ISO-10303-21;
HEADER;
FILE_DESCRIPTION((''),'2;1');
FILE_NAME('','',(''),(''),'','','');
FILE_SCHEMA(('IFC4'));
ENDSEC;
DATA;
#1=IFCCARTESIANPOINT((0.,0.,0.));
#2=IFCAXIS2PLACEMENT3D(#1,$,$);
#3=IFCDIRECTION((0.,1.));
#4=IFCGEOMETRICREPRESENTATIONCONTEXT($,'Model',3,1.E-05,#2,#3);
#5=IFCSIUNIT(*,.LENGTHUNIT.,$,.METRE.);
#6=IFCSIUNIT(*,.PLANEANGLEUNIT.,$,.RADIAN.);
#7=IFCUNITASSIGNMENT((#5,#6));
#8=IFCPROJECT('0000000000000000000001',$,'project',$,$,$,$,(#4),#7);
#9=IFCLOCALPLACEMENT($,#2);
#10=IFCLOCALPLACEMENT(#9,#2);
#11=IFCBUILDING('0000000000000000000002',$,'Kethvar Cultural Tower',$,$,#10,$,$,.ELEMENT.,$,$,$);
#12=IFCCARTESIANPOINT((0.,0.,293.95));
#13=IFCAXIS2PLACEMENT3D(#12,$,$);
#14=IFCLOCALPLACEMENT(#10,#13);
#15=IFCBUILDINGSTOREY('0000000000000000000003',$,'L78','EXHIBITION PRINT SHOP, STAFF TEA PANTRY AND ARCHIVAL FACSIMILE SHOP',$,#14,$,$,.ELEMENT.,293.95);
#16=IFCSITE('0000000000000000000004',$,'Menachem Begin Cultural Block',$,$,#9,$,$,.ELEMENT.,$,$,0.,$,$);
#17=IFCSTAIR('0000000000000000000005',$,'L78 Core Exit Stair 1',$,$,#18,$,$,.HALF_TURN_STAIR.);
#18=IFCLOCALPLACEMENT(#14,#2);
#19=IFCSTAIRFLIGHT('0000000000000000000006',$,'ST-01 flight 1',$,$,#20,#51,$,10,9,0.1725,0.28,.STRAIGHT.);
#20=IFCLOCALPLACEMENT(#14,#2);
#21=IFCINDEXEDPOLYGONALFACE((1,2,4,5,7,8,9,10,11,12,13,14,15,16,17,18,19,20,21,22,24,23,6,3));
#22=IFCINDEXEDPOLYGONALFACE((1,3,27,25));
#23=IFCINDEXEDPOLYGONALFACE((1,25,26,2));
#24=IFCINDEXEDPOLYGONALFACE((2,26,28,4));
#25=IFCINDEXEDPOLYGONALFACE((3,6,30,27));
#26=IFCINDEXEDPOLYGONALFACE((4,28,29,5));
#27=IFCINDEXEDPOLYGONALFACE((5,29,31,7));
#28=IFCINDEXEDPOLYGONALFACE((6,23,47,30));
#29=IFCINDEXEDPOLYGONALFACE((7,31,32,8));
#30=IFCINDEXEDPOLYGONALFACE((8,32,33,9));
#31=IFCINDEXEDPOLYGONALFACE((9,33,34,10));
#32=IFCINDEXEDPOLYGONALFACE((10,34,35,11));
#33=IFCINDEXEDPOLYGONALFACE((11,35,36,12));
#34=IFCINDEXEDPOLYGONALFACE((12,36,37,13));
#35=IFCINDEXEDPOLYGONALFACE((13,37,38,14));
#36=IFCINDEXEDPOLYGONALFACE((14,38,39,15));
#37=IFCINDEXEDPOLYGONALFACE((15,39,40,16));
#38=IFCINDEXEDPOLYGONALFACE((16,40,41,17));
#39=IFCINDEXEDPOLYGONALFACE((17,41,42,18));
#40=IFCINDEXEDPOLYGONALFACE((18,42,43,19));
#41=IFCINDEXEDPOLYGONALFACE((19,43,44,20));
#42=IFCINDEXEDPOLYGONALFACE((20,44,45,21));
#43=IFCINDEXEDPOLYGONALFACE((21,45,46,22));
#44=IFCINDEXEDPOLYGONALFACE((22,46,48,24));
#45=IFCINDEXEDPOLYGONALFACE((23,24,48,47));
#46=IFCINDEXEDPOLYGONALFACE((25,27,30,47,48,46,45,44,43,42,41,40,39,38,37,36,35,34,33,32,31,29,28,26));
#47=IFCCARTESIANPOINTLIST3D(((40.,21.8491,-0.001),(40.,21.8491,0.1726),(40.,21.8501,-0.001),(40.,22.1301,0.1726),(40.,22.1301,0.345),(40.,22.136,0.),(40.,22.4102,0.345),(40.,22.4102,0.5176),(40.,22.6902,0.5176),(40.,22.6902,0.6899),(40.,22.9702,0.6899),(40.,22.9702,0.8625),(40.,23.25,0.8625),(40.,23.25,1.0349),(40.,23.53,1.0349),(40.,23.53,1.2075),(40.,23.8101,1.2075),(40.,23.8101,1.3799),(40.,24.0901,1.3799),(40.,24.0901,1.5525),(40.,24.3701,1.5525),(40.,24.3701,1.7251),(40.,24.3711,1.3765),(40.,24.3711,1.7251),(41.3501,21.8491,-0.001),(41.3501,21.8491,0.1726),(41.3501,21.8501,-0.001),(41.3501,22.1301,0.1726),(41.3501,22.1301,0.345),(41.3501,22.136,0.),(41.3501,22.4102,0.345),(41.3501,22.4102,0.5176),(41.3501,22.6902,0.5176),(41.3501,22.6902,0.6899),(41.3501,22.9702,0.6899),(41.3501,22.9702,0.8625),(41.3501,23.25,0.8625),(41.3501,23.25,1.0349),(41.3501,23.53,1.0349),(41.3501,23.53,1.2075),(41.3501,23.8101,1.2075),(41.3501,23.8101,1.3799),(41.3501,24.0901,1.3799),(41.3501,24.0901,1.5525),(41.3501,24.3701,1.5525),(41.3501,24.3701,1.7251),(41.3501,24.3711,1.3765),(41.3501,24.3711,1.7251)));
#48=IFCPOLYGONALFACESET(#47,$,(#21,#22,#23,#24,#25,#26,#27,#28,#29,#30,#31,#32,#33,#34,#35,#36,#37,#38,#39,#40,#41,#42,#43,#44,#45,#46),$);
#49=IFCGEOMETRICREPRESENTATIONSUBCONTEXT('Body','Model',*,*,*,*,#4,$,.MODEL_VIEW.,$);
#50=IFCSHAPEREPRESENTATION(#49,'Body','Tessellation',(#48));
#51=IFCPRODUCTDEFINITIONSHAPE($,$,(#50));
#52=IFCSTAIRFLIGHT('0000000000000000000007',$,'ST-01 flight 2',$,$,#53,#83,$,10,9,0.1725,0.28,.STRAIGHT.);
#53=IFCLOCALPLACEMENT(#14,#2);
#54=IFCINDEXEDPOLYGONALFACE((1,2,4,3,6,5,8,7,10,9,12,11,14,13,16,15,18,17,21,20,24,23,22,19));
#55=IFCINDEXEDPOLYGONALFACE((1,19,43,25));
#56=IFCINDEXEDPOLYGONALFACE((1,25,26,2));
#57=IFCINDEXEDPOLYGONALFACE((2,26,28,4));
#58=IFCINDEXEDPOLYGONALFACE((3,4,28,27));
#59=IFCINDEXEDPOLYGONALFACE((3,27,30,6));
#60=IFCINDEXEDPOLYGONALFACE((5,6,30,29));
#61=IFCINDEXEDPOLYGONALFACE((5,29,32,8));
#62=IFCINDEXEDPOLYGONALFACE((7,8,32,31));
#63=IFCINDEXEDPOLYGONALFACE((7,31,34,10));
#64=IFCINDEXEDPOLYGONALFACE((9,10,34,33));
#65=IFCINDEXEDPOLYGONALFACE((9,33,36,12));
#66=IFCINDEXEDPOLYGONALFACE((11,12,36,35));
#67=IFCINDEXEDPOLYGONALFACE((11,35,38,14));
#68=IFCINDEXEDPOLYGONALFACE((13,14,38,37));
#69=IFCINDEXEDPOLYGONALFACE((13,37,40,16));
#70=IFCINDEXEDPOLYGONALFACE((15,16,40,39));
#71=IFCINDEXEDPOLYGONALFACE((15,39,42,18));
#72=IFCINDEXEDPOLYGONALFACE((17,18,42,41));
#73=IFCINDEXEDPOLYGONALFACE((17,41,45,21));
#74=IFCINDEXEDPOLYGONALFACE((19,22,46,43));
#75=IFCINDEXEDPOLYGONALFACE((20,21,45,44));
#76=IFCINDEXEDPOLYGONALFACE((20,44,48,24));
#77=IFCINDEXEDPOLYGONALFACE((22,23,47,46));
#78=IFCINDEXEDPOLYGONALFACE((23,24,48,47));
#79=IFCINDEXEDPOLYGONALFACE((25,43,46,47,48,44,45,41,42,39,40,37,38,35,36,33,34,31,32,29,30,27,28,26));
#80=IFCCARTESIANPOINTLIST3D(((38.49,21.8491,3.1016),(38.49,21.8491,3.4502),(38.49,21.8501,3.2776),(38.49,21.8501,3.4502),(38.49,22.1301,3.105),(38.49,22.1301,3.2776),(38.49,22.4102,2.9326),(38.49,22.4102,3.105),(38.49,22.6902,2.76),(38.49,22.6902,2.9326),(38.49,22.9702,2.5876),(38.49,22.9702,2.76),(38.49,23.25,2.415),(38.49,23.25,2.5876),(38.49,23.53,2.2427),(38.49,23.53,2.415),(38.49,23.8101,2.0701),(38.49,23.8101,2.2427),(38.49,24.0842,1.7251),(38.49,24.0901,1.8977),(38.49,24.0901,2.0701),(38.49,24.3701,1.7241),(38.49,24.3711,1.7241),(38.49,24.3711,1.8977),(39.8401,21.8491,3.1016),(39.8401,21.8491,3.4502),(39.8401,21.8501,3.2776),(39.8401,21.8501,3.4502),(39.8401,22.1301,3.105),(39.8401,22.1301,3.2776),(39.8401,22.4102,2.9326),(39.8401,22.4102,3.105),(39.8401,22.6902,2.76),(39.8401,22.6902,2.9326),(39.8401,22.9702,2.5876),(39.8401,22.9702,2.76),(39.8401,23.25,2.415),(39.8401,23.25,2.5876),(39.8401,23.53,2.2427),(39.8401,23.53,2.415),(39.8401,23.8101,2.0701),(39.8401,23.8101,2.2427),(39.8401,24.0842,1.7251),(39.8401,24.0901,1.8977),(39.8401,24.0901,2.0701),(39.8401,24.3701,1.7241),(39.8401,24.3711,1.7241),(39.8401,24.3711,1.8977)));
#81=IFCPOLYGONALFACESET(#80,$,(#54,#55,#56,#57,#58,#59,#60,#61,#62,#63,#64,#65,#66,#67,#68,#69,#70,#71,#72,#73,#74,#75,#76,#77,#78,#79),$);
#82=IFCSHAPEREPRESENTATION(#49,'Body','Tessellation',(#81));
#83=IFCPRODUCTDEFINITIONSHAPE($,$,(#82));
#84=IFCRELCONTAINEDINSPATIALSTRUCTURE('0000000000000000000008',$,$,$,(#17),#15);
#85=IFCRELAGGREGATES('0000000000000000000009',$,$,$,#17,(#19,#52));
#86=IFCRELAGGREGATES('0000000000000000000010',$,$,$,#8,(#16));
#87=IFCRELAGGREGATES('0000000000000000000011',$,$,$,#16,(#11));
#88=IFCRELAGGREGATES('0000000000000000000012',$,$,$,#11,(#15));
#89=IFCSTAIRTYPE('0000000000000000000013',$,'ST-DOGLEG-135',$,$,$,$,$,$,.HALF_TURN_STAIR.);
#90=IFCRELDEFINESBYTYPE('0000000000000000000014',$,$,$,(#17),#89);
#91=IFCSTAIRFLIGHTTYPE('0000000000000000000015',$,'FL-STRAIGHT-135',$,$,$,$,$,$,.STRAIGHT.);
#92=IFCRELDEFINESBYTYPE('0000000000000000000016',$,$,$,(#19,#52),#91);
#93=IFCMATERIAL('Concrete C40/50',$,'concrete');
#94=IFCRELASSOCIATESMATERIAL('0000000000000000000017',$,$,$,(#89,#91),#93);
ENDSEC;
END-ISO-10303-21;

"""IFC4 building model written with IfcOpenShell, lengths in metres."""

from ifc_helpers import new_model, si_unit, direction, frame, origin, place, context, subcontext, project, spatial, polyline, outline, extrude, material, type_object, element, aggregate, save


model = new_model("IFC4")

# Units and contexts
model_context = context("Model", 3, precision=1e-05, world=origin(), true_north=direction((0.0, 1.0)))
body_context = subcontext(model_context, "Body", "Model", "MODEL_VIEW")
ifc_project = project(units=[si_unit("LENGTHUNIT", "METRE"), si_unit("PLANEANGLEUNIT", "RADIAN")], contexts=[model_context])

# Site, building, storey
site_placement = place(None, origin())
site = spatial("IfcSite", under=ifc_project, at=site_placement, Name="Menachem Begin Cultural Block", CompositionType="ELEMENT", RefElevation=0.0)
building_placement = place(site_placement, origin())
building = spatial("IfcBuilding", under=site, at=building_placement, Name="Kethvar Cultural Tower", CompositionType="ELEMENT")
storey_placement = place(building_placement, frame((0.0, 0.0, 293.95)))
storey = spatial("IfcBuildingStorey", under=building, at=storey_placement, Name="L78", Description="EXHIBITION PRINT SHOP, STAFF TEA PANTRY AND ARCHIVAL FACSIMILE SHOP", CompositionType="ELEMENT", Elevation=293.95)

# Stair, stair flights
ifc_material_1 = material(Name="Concrete C40/50", Category="concrete")
stair_type = type_object("IfcStairType", Name="ST-DOGLEG-135", PredefinedType="HALF_TURN_STAIR", material=ifc_material_1)
stair_placement = place(storey_placement, origin())
stair = element("IfcStair", 1, at=stair_placement, inside=storey, type_object=stair_type, Name="L78 Core Exit Stair 1", PredefinedType="HALF_TURN_STAIR")
stair_flight_type = type_object("IfcStairFlightType", Name="FL-STRAIGHT-135", PredefinedType="STRAIGHT", material=ifc_material_1)
stair_flight_1_placement = place(storey_placement, frame((40.675, 21.8501, 0.0), z_axis=(0.0, 0.0, 1.0), x_axis=(0.0, 1.0, 0.0)))
stair_flight_1 = element("IfcStairFlight", 2, at=stair_flight_1_placement, type_object=stair_flight_type, Name="ST-01 flight 1", NumberOfRisers=10, NumberOfTreads=9, PredefinedType="STRAIGHT", RiserHeight=0.1725, TreadLength=0.28, context=body_context, shape_type="SweptSolid", body=[
    extrude(outline(polyline([(-0.001, -0.001), (-0.001, 0.1726), (0.28, 0.1726), (0.28, 0.345), (0.5601, 0.345), (0.5601, 0.5176), (0.8401, 0.5176), (0.8401, 0.6899), (1.1201, 0.6899), (1.1201, 0.8625), (1.3999, 0.8625), (1.3999, 1.0349), (1.6799, 1.0349), (1.6799, 1.2075), (1.96, 1.2075), (1.96, 1.3799), (2.24, 1.3799), (2.24, 1.5525), (2.52, 1.5525), (2.52, 1.7251), (2.521, 1.7251), (2.521, 1.3765), (0.2859, 0.0), (0.0, -0.001), (-0.001, -0.001)])), frame((0.0, 0.675, 0.0), z_axis=(0.0, -1.0, 0.0), x_axis=(1.0, 0.0, 0.0)), (0.0, 0.0, 1.0), 1.3501),
])
stair_flight_2_placement = place(storey_placement, frame((39.165, 24.3701, 1.7251), z_axis=(0.0, 0.0, 1.0), x_axis=(0.0, -1.0, 0.0)))
stair_flight_2 = element("IfcStairFlight", 3, at=stair_flight_2_placement, type_object=stair_flight_type, Name="ST-01 flight 2", NumberOfRisers=10, NumberOfTreads=9, PredefinedType="STRAIGHT", RiserHeight=0.1725, TreadLength=0.28, context=body_context, shape_type="SweptSolid", body=[
    extrude(outline(polyline([(-0.001, -0.001), (-0.001, 0.1726), (0.28, 0.1726), (0.28, 0.345), (0.5601, 0.345), (0.5601, 0.5176), (0.8401, 0.5176), (0.8401, 0.6899), (1.1201, 0.6899), (1.1201, 0.8625), (1.3999, 0.8625), (1.3999, 1.0349), (1.6799, 1.0349), (1.6799, 1.2075), (1.96, 1.2075), (1.96, 1.3799), (2.24, 1.3799), (2.24, 1.5525), (2.52, 1.5525), (2.52, 1.7251), (2.521, 1.7251), (2.521, 1.3765), (0.2859, 0.0), (0.0, -0.001), (-0.001, -0.001)])), frame((0.0, 0.675, 0.0), z_axis=(0.0, -1.0, 0.0), x_axis=(1.0, 0.0, 0.0)), (0.0, 0.0, 1.0), 1.3501),
])
aggregate(stair, [stair_flight_1, stair_flight_2])

save(model, "model.ifc")
